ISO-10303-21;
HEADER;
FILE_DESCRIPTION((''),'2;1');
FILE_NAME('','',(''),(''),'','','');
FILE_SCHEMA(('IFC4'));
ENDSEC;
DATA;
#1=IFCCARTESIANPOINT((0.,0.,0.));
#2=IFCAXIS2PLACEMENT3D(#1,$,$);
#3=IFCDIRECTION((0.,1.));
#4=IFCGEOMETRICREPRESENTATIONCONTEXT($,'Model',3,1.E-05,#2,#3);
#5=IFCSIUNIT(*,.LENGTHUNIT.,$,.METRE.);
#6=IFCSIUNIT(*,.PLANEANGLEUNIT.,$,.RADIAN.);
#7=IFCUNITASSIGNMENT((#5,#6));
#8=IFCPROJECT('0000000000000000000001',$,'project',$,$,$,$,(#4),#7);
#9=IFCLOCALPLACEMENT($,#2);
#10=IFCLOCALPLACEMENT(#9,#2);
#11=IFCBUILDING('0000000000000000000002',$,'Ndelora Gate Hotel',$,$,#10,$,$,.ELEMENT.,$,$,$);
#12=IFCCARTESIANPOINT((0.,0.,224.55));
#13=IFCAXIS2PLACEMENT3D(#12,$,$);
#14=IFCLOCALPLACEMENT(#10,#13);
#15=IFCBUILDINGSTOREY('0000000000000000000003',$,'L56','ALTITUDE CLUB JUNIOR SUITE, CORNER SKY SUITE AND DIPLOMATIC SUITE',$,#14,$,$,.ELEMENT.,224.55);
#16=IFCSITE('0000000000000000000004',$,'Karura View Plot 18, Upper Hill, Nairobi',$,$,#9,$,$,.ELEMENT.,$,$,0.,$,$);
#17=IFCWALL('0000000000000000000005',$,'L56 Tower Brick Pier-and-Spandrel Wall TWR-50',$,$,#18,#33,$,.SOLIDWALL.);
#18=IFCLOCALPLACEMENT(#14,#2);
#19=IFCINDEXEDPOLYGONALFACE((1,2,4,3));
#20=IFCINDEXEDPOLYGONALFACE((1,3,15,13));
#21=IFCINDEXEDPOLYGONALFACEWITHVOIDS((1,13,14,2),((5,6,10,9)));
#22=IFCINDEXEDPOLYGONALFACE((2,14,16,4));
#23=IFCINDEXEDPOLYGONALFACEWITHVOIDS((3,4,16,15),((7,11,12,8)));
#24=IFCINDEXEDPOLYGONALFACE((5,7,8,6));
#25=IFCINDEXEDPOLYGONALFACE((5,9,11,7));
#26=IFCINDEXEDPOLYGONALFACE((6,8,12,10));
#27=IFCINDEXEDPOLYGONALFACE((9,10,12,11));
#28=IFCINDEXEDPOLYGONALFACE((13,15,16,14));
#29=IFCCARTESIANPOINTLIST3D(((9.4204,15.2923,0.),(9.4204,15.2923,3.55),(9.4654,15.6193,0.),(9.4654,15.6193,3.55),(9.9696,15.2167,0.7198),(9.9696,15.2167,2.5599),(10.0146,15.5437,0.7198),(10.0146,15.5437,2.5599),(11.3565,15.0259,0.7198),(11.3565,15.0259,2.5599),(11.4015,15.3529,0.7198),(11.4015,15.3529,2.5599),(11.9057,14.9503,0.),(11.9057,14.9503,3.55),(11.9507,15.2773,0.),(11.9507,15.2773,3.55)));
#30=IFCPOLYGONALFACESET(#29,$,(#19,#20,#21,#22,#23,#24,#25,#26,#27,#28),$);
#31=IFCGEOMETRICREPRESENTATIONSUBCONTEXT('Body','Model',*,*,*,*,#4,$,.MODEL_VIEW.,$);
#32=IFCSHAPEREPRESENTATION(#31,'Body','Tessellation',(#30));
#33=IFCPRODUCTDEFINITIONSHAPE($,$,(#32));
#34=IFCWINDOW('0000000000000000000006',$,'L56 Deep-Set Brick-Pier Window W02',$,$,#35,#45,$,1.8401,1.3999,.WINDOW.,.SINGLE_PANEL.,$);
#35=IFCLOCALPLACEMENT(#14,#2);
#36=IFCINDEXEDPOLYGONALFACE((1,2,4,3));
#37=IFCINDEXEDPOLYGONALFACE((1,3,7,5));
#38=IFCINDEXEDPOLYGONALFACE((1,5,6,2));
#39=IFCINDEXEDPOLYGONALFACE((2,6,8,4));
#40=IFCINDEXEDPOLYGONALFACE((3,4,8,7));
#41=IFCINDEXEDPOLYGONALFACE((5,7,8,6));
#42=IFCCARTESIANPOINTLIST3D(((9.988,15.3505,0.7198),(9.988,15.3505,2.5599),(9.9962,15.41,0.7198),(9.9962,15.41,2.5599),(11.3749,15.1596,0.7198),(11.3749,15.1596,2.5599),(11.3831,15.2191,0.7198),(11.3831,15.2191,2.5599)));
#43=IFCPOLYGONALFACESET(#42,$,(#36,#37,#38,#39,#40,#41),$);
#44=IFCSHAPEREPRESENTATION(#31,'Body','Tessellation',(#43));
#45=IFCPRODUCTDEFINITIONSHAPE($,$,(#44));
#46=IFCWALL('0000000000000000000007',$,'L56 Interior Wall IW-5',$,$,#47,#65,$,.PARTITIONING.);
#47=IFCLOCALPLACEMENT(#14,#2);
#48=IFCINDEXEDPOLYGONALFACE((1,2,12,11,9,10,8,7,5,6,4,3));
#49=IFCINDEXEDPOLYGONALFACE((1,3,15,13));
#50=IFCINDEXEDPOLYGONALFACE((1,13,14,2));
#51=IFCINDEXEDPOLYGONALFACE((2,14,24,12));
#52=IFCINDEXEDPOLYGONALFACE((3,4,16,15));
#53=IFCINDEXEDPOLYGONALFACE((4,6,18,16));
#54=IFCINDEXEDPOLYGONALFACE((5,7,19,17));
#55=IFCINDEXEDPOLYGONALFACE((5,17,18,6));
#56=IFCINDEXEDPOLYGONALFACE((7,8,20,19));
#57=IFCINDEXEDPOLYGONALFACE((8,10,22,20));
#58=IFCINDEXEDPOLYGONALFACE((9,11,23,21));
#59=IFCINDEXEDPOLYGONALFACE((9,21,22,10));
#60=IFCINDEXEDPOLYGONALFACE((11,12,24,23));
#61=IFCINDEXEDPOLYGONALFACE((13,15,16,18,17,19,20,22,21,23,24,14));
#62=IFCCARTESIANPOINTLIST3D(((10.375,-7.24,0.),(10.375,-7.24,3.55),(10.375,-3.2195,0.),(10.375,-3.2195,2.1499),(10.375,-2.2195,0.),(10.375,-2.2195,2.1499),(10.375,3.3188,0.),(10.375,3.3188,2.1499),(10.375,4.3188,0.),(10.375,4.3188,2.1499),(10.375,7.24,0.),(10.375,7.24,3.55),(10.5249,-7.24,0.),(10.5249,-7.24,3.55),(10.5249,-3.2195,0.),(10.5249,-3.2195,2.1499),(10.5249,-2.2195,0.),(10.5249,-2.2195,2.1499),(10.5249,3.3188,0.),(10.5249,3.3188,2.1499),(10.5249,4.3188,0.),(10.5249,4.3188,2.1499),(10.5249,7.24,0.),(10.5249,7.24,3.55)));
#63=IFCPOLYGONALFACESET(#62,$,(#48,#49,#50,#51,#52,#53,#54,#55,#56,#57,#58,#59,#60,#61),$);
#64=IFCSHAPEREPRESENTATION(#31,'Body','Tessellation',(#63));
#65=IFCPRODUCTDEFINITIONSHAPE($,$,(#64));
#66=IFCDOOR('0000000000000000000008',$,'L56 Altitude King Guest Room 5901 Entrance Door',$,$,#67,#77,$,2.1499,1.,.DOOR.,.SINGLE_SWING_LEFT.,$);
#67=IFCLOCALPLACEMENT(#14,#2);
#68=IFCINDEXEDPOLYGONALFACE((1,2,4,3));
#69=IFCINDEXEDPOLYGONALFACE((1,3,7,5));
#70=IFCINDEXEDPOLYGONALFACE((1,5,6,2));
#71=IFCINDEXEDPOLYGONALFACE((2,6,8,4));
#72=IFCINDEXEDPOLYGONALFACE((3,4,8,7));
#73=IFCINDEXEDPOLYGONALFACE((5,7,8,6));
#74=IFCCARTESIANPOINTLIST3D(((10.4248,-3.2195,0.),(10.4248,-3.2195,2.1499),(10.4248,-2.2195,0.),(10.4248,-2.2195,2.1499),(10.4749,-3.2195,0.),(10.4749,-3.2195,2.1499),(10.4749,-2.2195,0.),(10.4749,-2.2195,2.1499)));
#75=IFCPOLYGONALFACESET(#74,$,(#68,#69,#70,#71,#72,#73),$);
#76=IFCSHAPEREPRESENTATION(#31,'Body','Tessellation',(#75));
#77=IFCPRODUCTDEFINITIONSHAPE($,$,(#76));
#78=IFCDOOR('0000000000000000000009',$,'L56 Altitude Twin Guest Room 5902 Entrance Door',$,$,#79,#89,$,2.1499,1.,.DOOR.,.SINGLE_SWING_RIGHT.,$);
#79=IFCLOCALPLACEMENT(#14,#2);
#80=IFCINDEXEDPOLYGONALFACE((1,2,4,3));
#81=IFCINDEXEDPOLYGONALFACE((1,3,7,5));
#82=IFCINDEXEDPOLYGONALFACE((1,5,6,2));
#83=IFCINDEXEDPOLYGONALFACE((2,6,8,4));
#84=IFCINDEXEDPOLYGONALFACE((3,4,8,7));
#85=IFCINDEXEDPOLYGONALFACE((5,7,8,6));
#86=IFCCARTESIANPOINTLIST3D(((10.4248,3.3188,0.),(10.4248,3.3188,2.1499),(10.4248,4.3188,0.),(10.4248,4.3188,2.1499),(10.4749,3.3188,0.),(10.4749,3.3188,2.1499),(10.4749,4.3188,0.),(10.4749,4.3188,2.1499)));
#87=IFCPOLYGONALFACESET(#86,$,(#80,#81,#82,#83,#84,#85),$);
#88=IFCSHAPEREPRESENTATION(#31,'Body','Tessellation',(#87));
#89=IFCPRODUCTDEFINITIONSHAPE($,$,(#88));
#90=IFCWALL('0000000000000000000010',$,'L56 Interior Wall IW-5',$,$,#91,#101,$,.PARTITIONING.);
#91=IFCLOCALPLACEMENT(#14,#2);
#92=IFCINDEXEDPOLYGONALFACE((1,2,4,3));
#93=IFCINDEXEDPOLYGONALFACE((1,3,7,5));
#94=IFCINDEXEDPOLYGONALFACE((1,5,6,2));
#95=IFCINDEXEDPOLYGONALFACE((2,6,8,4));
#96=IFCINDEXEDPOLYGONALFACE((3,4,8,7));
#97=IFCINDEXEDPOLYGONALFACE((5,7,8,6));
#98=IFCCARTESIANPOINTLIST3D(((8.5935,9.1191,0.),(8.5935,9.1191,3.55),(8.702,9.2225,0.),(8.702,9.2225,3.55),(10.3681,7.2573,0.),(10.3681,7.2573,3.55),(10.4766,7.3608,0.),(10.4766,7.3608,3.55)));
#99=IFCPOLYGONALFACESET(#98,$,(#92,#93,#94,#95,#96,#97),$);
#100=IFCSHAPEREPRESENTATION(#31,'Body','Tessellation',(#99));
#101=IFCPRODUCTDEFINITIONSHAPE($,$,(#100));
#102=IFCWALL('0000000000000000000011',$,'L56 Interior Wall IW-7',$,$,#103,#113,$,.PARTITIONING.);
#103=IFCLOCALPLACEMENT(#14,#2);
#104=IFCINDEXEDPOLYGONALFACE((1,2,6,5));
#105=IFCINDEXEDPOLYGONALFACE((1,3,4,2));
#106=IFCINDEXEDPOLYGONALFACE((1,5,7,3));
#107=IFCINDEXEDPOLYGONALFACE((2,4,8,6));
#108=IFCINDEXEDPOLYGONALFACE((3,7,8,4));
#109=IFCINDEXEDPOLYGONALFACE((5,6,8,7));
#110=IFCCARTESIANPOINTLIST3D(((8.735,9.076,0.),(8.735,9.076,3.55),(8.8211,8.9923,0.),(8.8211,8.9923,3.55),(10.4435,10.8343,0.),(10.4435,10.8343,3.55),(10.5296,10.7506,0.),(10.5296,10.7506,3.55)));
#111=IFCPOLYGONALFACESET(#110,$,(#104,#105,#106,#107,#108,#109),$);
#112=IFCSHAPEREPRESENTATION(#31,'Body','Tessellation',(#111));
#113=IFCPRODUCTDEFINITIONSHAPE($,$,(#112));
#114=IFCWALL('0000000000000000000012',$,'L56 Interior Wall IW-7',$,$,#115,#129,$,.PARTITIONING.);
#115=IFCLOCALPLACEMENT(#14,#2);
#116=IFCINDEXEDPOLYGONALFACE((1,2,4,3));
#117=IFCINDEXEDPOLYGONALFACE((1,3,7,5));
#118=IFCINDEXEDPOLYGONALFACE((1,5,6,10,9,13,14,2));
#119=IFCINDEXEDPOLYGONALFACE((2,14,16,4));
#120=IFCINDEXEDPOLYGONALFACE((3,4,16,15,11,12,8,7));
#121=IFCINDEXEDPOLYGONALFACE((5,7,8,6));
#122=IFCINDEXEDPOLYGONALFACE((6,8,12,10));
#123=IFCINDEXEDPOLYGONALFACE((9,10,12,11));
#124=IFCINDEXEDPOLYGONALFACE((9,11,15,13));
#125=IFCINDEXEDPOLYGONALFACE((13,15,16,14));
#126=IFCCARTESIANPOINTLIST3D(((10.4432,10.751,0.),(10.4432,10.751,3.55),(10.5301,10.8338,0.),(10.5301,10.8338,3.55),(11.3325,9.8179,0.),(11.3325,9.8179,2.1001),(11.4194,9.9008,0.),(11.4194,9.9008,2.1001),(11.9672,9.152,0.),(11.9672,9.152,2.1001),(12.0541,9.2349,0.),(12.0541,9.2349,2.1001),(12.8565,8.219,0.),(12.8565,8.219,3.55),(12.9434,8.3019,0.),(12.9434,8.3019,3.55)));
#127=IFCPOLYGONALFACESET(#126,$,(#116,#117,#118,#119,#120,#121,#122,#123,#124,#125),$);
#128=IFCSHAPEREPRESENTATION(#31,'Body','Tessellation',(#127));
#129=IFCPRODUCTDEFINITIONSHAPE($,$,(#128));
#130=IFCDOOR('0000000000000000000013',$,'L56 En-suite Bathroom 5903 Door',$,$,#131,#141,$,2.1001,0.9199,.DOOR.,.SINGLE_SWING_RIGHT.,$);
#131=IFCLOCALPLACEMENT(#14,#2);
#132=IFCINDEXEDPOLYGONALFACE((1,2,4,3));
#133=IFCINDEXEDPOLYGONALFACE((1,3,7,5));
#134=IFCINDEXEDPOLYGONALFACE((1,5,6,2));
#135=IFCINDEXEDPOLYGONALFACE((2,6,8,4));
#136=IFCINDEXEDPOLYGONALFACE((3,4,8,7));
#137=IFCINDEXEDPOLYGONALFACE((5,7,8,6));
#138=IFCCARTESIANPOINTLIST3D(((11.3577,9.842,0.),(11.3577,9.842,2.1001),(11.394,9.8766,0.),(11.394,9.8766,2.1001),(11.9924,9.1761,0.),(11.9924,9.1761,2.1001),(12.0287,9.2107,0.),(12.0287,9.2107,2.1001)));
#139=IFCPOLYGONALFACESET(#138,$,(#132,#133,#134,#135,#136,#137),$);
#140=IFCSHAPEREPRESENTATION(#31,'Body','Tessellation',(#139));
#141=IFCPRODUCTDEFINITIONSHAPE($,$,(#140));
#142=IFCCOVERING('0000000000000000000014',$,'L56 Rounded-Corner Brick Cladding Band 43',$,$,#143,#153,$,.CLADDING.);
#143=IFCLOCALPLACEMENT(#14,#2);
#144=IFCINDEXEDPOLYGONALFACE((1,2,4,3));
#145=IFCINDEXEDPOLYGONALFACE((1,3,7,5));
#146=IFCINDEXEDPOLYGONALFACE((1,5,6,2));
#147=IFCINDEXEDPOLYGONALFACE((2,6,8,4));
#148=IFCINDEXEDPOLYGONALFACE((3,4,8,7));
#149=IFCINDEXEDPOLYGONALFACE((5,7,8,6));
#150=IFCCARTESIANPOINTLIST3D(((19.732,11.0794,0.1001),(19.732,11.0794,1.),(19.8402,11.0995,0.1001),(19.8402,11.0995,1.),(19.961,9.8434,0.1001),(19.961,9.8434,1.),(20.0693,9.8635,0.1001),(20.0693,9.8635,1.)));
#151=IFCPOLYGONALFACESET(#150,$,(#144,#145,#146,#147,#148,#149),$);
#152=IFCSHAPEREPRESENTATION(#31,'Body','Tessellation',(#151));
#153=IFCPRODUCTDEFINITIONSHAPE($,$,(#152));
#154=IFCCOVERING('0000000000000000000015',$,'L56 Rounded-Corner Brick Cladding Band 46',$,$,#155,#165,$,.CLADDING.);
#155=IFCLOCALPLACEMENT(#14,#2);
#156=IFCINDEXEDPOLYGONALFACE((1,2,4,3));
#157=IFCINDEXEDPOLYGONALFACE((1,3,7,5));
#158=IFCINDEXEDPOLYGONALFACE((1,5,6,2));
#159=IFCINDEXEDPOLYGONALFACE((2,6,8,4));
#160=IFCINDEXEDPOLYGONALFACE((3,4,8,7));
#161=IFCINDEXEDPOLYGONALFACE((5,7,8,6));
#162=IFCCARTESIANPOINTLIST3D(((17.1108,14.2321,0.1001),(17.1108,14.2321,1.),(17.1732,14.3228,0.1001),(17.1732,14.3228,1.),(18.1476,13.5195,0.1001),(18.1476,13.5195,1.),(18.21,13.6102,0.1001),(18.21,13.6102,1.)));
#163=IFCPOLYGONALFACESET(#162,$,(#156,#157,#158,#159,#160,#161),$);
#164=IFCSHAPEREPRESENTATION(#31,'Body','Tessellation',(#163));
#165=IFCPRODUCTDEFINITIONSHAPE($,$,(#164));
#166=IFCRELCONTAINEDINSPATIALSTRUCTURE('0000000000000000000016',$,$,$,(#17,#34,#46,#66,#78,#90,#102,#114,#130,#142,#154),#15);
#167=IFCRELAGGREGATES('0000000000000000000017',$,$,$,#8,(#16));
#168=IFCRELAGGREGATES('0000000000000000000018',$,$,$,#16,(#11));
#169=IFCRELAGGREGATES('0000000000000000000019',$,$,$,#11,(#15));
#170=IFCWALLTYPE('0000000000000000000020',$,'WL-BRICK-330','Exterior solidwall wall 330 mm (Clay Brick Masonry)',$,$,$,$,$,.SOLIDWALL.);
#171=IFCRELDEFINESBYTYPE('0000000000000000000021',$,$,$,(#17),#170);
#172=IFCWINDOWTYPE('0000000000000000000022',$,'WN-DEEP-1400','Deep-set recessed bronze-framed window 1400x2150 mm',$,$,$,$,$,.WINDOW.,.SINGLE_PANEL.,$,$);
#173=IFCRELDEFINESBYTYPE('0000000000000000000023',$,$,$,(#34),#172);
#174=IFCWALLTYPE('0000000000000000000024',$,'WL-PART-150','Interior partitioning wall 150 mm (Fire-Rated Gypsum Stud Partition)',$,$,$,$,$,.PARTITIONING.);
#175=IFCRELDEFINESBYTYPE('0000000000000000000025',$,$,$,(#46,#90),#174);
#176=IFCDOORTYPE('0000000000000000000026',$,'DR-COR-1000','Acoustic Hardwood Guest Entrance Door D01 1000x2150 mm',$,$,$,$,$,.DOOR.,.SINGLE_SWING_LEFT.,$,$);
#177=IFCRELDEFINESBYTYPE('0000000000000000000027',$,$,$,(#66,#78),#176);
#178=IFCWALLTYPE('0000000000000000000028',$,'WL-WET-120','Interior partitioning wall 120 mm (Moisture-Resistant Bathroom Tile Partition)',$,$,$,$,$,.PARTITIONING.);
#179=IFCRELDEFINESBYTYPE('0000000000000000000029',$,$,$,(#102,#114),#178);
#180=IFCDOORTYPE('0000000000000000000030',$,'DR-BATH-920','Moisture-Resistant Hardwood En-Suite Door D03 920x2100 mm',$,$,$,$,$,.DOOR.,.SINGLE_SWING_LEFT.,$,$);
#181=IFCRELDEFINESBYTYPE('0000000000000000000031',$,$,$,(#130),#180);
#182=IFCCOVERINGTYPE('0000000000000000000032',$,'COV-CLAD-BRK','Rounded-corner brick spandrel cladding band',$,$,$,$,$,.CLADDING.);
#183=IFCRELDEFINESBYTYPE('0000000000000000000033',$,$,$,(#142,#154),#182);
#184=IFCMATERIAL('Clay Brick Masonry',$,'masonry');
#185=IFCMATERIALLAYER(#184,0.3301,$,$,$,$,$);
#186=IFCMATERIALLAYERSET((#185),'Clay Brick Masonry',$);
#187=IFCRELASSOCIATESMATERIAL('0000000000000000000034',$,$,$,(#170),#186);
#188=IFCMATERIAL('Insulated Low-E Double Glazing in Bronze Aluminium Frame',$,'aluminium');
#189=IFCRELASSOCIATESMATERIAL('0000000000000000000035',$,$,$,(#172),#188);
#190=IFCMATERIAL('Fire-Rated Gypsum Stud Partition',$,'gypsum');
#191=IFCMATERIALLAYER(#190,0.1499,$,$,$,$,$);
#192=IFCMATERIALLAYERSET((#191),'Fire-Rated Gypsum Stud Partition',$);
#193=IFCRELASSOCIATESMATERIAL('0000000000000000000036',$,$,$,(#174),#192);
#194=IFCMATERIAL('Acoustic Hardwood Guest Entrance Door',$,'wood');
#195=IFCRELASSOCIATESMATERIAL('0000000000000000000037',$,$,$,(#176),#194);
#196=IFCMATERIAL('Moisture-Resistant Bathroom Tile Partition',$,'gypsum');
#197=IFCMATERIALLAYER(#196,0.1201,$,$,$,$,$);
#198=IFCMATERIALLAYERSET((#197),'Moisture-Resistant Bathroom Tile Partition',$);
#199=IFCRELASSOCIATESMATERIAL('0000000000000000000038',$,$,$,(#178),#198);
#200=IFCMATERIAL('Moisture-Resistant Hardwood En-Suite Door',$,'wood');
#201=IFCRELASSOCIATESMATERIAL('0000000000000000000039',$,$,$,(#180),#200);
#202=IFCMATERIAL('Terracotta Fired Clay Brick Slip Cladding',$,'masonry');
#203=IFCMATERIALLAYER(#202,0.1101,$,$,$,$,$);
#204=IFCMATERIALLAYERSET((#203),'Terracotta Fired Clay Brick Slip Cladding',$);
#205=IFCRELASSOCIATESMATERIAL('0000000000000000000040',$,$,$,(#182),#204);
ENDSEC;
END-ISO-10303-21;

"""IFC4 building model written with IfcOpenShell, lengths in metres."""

from ifc_helpers import new_model, si_unit, direction, frame, frame_2d, origin, origin_2d, place, context, subcontext, project, spatial, rectangle, extrude, material, layer, layer_set, type_object, element, fill, save


model = new_model("IFC4")

# Units and contexts
model_context = context("Model", 3, precision=1e-05, world=origin(), true_north=direction((0.0, 1.0)))
body_context = subcontext(model_context, "Body", "Model", "MODEL_VIEW")
ifc_project = project(units=[si_unit("LENGTHUNIT", "METRE"), si_unit("PLANEANGLEUNIT", "RADIAN")], contexts=[model_context])

# Site, building, storey
site_placement = place(None, origin())
site = spatial("IfcSite", under=ifc_project, at=site_placement, Name="Karura View Plot 18, Upper Hill, Nairobi", CompositionType="ELEMENT", RefElevation=0.0)
building_placement = place(site_placement, origin())
building = spatial("IfcBuilding", under=site, at=building_placement, Name="Ndelora Gate Hotel", CompositionType="ELEMENT")
storey_placement = place(building_placement, frame((0.0, 0.0, 224.55)))
storey = spatial("IfcBuildingStorey", under=building, at=storey_placement, Name="L56", Description="ALTITUDE CLUB JUNIOR SUITE, CORNER SKY SUITE AND DIPLOMATIC SUITE", CompositionType="ELEMENT", Elevation=224.55)

# Shared definitions
ifc_material_1 = material(Name="Clay Brick Masonry", Category="masonry")
ifc_layer_1 = layer(ifc_material_1, 0.3301)
ifc_layer_set_1 = layer_set([ifc_layer_1], Name="Clay Brick Masonry")
wall_type_1 = type_object("IfcWallType", Name="WL-BRICK-330", Description="Exterior solidwall wall 330 mm (Clay Brick Masonry)", PredefinedType="SOLIDWALL", material=ifc_layer_set_1)

# Wall, opening, window
ifc_material_2 = material(Name="Insulated Low-E Double Glazing in Bronze Aluminium Frame", Category="aluminium")
window_type = type_object("IfcWindowType", Name="WN-DEEP-1400", Description="Deep-set recessed bronze-framed window 1400x2150 mm", PartitioningType="SINGLE_PANEL", PredefinedType="WINDOW", material=ifc_material_2)
wall_1_placement = place(storey_placement, frame((9.4429, 15.4558, 0.0), z_axis=(0.0, 0.0, 1.0), x_axis=(0.990662, -0.136338, 0.0)))
wall_1 = element("IfcWall", 1, at=wall_1_placement, inside=storey, type_object=wall_type_1, Name="L56 Tower Brick Pier-and-Spandrel Wall TWR-50", PredefinedType="SOLIDWALL", context=body_context, shape_type="SweptSolid", body=[
    extrude(rectangle(XDim=2.5088, YDim=0.3301, at=frame_2d((1.2544, 0.0))), origin(), (0.0, 0.0, 1.0), 3.55),
])
opening_1_placement = place(wall_1_placement, frame((0.5544, 0.0, 0.72)))
opening_1 = element("IfcOpeningElement", 2, at=opening_1_placement, cuts=wall_1, PredefinedType="OPENING", context=body_context, shape_type="SweptSolid", body=[
    extrude(rectangle(XDim=1.3999, YDim=1.8401, at=frame_2d((0.7, 0.9199))), frame((0.0, 0.175, 0.0), z_axis=(0.0, -1.0, 0.0), x_axis=(1.0, 0.0, 0.0)), (0.0, 0.0, 1.0), 0.3501),
])
window_1_placement = place(opening_1_placement, origin())
window_1 = element("IfcWindow", 3, at=window_1_placement, inside=storey, type_object=window_type, Name="L56 Deep-Set Brick-Pier Window W02", OverallHeight=1.8401, OverallWidth=1.3999, PartitioningType="SINGLE_PANEL", PredefinedType="WINDOW", context=body_context, shape_type="SweptSolid", body=[
    extrude(rectangle(XDim=1.3999, YDim=1.8401, at=frame_2d((0.7, 0.9199))), frame((0.0, 0.03, 0.0), z_axis=(0.0, -1.0, 0.0), x_axis=(1.0, 0.0, 0.0)), (0.0, 0.0, 1.0), 0.0601),
])
fill(opening_1, window_1)

# Wall, openings, doors
ifc_material_3 = material(Name="Fire-Rated Gypsum Stud Partition", Category="gypsum")
ifc_layer_2 = layer(ifc_material_3, 0.1499)
ifc_layer_set_2 = layer_set([ifc_layer_2], Name="Fire-Rated Gypsum Stud Partition")
wall_type_2 = type_object("IfcWallType", Name="WL-PART-150", Description="Interior partitioning wall 150 mm (Fire-Rated Gypsum Stud Partition)", PredefinedType="PARTITIONING", material=ifc_layer_set_2)
wall_2_placement = place(storey_placement, frame((10.45, 7.24, 0.0), z_axis=(0.0, 0.0, 1.0), x_axis=(0.0, -1.0, 0.0)))
wall_2 = element("IfcWall", 4, at=wall_2_placement, inside=storey, type_object=wall_type_2, Name="L56 Interior Wall IW-5", PredefinedType="PARTITIONING", context=body_context, shape_type="SweptSolid", body=[
    extrude(rectangle(XDim=14.48, YDim=0.1499, at=frame_2d((7.24, 0.0))), origin(), (0.0, 0.0, 1.0), 3.55),
])
opening_2_placement = place(wall_2_placement, frame((9.4595, 0.0, 0.0)))
opening_2 = element("IfcOpeningElement", 5, at=opening_2_placement, cuts=wall_2, PredefinedType="OPENING", context=body_context, shape_type="SweptSolid", body=[
    extrude(rectangle(XDim=1.0, YDim=2.1499, at=frame_2d((0.5, 1.075))), frame((0.0, 0.085, 0.0), z_axis=(0.0, -1.0, 0.0), x_axis=(1.0, 0.0, 0.0)), (0.0, 0.0, 1.0), 0.1699),
])
opening_3_placement = place(wall_2_placement, frame((2.9211, 0.0, 0.0)))
opening_3 = element("IfcOpeningElement", 6, at=opening_3_placement, cuts=wall_2, PredefinedType="OPENING", context=body_context, shape_type="SweptSolid", body=[
    extrude(rectangle(XDim=1.0, YDim=2.1499, at=frame_2d((0.5, 1.075))), frame((0.0, 0.085, 0.0), z_axis=(0.0, -1.0, 0.0), x_axis=(1.0, 0.0, 0.0)), (0.0, 0.0, 1.0), 0.1699),
])
ifc_material_4 = material(Name="Acoustic Hardwood Guest Entrance Door", Category="wood")
door_type_1 = type_object("IfcDoorType", Name="DR-COR-1000", Description="Acoustic Hardwood Guest Entrance Door D01 1000x2150 mm", OperationType="SINGLE_SWING_LEFT", PredefinedType="DOOR", material=ifc_material_4)
door_1_placement = place(opening_2_placement, origin())
door_1 = element("IfcDoor", 7, at=door_1_placement, inside=storey, type_object=door_type_1, Name="L56 Altitude King Guest Room 5901 Entrance Door", OperationType="SINGLE_SWING_LEFT", OverallHeight=2.1499, OverallWidth=1.0, PredefinedType="DOOR", context=body_context, shape_type="SweptSolid", body=[
    extrude(rectangle(XDim=1.0, YDim=2.1499, at=frame_2d((0.5, 1.075))), frame((0.0, 0.0249, 0.0), z_axis=(0.0, -1.0, 0.0), x_axis=(1.0, 0.0, 0.0)), (0.0, 0.0, 1.0), 0.05),
])
fill(opening_2, door_1)
door_2_placement = place(opening_3_placement, origin())
door_2 = element("IfcDoor", 8, at=door_2_placement, inside=storey, type_object=door_type_1, Name="L56 Altitude Twin Guest Room 5902 Entrance Door", OperationType="SINGLE_SWING_RIGHT", OverallHeight=2.1499, OverallWidth=1.0, PredefinedType="DOOR", context=body_context, shape_type="SweptSolid", body=[
    extrude(rectangle(XDim=1.0, YDim=2.1499, at=frame_2d((0.5, 1.075))), frame((0.0, 0.0249, 0.0), z_axis=(0.0, -1.0, 0.0), x_axis=(1.0, 0.0, 0.0)), (0.0, 0.0, 1.0), 0.05),
])
fill(opening_3, door_2)

# Walls
wall_3_placement = place(storey_placement, frame((8.6477, 9.1709, 0.0), z_axis=(0.0, 0.0, 1.0), x_axis=(0.689961, -0.723847, 0.0)))
element("IfcWall", 9, at=wall_3_placement, inside=storey, type_object=wall_type_2, Name="L56 Interior Wall IW-5", PredefinedType="PARTITIONING", context=body_context, shape_type="SweptSolid", body=[
    extrude(rectangle(XDim=2.572, YDim=0.1499, at=frame_2d((1.2861, 0.0))), origin(), (0.0, 0.0, 1.0), 3.55),
])
ifc_material_5 = material(Name="Moisture-Resistant Bathroom Tile Partition", Category="gypsum")
ifc_layer_3 = layer(ifc_material_5, 0.1201)
ifc_layer_set_3 = layer_set([ifc_layer_3], Name="Moisture-Resistant Bathroom Tile Partition")
wall_type_3 = type_object("IfcWallType", Name="WL-WET-120", Description="Interior partitioning wall 120 mm (Moisture-Resistant Bathroom Tile Partition)", PredefinedType="PARTITIONING", material=ifc_layer_set_3)
wall_4_placement = place(storey_placement, frame((10.4866, 10.7925, 0.0), z_axis=(0.0, 0.0, 1.0), x_axis=(-0.696876, -0.717191, 0.0)))
element("IfcWall", 10, at=wall_4_placement, inside=storey, type_object=wall_type_3, Name="L56 Interior Wall IW-7", PredefinedType="PARTITIONING", context=body_context, shape_type="SweptSolid", body=[
    extrude(rectangle(XDim=2.4517, YDim=0.1201, at=frame_2d((1.2258, 0.0))), origin(), (0.0, 0.0, 1.0), 3.55),
])

# Wall, opening, door
wall_5_placement = place(storey_placement, frame((10.4866, 10.7925, 0.0), z_axis=(0.0, 0.0, 1.0), x_axis=(0.689943, -0.723864, 0.0)))
wall_5 = element("IfcWall", 11, at=wall_5_placement, inside=storey, type_object=wall_type_3, Name="L56 Interior Wall IW-7", PredefinedType="PARTITIONING", context=body_context, shape_type="SweptSolid", body=[
    extrude(rectangle(XDim=3.4978, YDim=0.1201, at=frame_2d((1.749, 0.0))), origin(), (0.0, 0.0, 1.0), 3.55),
])
opening_4_placement = place(wall_5_placement, frame((1.2891, 0.0, 0.0)))
opening_4 = element("IfcOpeningElement", 12, at=opening_4_placement, cuts=wall_5, PredefinedType="OPENING", context=body_context, shape_type="SweptSolid", body=[
    extrude(rectangle(XDim=0.9199, YDim=2.1001, at=frame_2d((0.46, 1.05))), frame((0.0, 0.0701, 0.0), z_axis=(0.0, -1.0, 0.0), x_axis=(1.0, 0.0, 0.0)), (0.0, 0.0, 1.0), 0.1401),
])
ifc_material_6 = material(Name="Moisture-Resistant Hardwood En-Suite Door", Category="wood")
door_type_2 = type_object("IfcDoorType", Name="DR-BATH-920", Description="Moisture-Resistant Hardwood En-Suite Door D03 920x2100 mm", OperationType="SINGLE_SWING_LEFT", PredefinedType="DOOR", material=ifc_material_6)
door_3_placement = place(opening_4_placement, origin())
door_3 = element("IfcDoor", 13, at=door_3_placement, inside=storey, type_object=door_type_2, Name="L56 En-suite Bathroom 5903 Door", OperationType="SINGLE_SWING_RIGHT", OverallHeight=2.1001, OverallWidth=0.9199, PredefinedType="DOOR", context=body_context, shape_type="SweptSolid", body=[
    extrude(rectangle(XDim=0.9199, YDim=2.1001, at=frame_2d((0.46, 1.05))), frame((0.0, 0.0249, 0.0), z_axis=(0.0, -1.0, 0.0), x_axis=(1.0, 0.0, 0.0)), (0.0, 0.0, 1.0), 0.05),
])
fill(opening_4, door_3)

# Coverings
ifc_material_7 = material(Name="Terracotta Fired Clay Brick Slip Cladding", Category="masonry")
ifc_layer_4 = layer(ifc_material_7, 0.1101)
ifc_layer_set_4 = layer_set([ifc_layer_4], Name="Terracotta Fired Clay Brick Slip Cladding")
covering_type_1 = type_object("IfcCoveringType", Name="COV-CLAD-BRK", Description="Rounded-corner brick spandrel cladding band", PredefinedType="CLADDING", material=ifc_layer_set_4)
covering_1_placement = place(storey_placement, frame((19.9006, 10.4714, 0.1001), z_axis=(0.0, 0.0, 1.0), x_axis=(-0.182236, 0.983255, 0.0)))
element("IfcCovering", 14, at=covering_1_placement, inside=storey, type_object=covering_type_1, Name="L56 Rounded-Corner Brick Cladding Band 43", PredefinedType="CLADDING", context=body_context, shape_type="SweptSolid", body=[
    extrude(rectangle(XDim=1.2571, YDim=0.1101, at=origin_2d()), origin(), (0.0, 0.0, 1.0), 0.8999),
])
covering_2_placement = place(storey_placement, frame((17.6604, 13.9211, 0.1001), z_axis=(0.0, 0.0, 1.0), x_axis=(-0.824126, 0.566406, 0.0)))
element("IfcCovering", 15, at=covering_2_placement, inside=storey, type_object=covering_type_1, Name="L56 Rounded-Corner Brick Cladding Band 46", PredefinedType="CLADDING", context=body_context, shape_type="SweptSolid", body=[
    extrude(rectangle(XDim=1.2581, YDim=0.1101, at=origin_2d()), origin(), (0.0, 0.0, 1.0), 0.8999),
])

save(model, "model.ifc")
